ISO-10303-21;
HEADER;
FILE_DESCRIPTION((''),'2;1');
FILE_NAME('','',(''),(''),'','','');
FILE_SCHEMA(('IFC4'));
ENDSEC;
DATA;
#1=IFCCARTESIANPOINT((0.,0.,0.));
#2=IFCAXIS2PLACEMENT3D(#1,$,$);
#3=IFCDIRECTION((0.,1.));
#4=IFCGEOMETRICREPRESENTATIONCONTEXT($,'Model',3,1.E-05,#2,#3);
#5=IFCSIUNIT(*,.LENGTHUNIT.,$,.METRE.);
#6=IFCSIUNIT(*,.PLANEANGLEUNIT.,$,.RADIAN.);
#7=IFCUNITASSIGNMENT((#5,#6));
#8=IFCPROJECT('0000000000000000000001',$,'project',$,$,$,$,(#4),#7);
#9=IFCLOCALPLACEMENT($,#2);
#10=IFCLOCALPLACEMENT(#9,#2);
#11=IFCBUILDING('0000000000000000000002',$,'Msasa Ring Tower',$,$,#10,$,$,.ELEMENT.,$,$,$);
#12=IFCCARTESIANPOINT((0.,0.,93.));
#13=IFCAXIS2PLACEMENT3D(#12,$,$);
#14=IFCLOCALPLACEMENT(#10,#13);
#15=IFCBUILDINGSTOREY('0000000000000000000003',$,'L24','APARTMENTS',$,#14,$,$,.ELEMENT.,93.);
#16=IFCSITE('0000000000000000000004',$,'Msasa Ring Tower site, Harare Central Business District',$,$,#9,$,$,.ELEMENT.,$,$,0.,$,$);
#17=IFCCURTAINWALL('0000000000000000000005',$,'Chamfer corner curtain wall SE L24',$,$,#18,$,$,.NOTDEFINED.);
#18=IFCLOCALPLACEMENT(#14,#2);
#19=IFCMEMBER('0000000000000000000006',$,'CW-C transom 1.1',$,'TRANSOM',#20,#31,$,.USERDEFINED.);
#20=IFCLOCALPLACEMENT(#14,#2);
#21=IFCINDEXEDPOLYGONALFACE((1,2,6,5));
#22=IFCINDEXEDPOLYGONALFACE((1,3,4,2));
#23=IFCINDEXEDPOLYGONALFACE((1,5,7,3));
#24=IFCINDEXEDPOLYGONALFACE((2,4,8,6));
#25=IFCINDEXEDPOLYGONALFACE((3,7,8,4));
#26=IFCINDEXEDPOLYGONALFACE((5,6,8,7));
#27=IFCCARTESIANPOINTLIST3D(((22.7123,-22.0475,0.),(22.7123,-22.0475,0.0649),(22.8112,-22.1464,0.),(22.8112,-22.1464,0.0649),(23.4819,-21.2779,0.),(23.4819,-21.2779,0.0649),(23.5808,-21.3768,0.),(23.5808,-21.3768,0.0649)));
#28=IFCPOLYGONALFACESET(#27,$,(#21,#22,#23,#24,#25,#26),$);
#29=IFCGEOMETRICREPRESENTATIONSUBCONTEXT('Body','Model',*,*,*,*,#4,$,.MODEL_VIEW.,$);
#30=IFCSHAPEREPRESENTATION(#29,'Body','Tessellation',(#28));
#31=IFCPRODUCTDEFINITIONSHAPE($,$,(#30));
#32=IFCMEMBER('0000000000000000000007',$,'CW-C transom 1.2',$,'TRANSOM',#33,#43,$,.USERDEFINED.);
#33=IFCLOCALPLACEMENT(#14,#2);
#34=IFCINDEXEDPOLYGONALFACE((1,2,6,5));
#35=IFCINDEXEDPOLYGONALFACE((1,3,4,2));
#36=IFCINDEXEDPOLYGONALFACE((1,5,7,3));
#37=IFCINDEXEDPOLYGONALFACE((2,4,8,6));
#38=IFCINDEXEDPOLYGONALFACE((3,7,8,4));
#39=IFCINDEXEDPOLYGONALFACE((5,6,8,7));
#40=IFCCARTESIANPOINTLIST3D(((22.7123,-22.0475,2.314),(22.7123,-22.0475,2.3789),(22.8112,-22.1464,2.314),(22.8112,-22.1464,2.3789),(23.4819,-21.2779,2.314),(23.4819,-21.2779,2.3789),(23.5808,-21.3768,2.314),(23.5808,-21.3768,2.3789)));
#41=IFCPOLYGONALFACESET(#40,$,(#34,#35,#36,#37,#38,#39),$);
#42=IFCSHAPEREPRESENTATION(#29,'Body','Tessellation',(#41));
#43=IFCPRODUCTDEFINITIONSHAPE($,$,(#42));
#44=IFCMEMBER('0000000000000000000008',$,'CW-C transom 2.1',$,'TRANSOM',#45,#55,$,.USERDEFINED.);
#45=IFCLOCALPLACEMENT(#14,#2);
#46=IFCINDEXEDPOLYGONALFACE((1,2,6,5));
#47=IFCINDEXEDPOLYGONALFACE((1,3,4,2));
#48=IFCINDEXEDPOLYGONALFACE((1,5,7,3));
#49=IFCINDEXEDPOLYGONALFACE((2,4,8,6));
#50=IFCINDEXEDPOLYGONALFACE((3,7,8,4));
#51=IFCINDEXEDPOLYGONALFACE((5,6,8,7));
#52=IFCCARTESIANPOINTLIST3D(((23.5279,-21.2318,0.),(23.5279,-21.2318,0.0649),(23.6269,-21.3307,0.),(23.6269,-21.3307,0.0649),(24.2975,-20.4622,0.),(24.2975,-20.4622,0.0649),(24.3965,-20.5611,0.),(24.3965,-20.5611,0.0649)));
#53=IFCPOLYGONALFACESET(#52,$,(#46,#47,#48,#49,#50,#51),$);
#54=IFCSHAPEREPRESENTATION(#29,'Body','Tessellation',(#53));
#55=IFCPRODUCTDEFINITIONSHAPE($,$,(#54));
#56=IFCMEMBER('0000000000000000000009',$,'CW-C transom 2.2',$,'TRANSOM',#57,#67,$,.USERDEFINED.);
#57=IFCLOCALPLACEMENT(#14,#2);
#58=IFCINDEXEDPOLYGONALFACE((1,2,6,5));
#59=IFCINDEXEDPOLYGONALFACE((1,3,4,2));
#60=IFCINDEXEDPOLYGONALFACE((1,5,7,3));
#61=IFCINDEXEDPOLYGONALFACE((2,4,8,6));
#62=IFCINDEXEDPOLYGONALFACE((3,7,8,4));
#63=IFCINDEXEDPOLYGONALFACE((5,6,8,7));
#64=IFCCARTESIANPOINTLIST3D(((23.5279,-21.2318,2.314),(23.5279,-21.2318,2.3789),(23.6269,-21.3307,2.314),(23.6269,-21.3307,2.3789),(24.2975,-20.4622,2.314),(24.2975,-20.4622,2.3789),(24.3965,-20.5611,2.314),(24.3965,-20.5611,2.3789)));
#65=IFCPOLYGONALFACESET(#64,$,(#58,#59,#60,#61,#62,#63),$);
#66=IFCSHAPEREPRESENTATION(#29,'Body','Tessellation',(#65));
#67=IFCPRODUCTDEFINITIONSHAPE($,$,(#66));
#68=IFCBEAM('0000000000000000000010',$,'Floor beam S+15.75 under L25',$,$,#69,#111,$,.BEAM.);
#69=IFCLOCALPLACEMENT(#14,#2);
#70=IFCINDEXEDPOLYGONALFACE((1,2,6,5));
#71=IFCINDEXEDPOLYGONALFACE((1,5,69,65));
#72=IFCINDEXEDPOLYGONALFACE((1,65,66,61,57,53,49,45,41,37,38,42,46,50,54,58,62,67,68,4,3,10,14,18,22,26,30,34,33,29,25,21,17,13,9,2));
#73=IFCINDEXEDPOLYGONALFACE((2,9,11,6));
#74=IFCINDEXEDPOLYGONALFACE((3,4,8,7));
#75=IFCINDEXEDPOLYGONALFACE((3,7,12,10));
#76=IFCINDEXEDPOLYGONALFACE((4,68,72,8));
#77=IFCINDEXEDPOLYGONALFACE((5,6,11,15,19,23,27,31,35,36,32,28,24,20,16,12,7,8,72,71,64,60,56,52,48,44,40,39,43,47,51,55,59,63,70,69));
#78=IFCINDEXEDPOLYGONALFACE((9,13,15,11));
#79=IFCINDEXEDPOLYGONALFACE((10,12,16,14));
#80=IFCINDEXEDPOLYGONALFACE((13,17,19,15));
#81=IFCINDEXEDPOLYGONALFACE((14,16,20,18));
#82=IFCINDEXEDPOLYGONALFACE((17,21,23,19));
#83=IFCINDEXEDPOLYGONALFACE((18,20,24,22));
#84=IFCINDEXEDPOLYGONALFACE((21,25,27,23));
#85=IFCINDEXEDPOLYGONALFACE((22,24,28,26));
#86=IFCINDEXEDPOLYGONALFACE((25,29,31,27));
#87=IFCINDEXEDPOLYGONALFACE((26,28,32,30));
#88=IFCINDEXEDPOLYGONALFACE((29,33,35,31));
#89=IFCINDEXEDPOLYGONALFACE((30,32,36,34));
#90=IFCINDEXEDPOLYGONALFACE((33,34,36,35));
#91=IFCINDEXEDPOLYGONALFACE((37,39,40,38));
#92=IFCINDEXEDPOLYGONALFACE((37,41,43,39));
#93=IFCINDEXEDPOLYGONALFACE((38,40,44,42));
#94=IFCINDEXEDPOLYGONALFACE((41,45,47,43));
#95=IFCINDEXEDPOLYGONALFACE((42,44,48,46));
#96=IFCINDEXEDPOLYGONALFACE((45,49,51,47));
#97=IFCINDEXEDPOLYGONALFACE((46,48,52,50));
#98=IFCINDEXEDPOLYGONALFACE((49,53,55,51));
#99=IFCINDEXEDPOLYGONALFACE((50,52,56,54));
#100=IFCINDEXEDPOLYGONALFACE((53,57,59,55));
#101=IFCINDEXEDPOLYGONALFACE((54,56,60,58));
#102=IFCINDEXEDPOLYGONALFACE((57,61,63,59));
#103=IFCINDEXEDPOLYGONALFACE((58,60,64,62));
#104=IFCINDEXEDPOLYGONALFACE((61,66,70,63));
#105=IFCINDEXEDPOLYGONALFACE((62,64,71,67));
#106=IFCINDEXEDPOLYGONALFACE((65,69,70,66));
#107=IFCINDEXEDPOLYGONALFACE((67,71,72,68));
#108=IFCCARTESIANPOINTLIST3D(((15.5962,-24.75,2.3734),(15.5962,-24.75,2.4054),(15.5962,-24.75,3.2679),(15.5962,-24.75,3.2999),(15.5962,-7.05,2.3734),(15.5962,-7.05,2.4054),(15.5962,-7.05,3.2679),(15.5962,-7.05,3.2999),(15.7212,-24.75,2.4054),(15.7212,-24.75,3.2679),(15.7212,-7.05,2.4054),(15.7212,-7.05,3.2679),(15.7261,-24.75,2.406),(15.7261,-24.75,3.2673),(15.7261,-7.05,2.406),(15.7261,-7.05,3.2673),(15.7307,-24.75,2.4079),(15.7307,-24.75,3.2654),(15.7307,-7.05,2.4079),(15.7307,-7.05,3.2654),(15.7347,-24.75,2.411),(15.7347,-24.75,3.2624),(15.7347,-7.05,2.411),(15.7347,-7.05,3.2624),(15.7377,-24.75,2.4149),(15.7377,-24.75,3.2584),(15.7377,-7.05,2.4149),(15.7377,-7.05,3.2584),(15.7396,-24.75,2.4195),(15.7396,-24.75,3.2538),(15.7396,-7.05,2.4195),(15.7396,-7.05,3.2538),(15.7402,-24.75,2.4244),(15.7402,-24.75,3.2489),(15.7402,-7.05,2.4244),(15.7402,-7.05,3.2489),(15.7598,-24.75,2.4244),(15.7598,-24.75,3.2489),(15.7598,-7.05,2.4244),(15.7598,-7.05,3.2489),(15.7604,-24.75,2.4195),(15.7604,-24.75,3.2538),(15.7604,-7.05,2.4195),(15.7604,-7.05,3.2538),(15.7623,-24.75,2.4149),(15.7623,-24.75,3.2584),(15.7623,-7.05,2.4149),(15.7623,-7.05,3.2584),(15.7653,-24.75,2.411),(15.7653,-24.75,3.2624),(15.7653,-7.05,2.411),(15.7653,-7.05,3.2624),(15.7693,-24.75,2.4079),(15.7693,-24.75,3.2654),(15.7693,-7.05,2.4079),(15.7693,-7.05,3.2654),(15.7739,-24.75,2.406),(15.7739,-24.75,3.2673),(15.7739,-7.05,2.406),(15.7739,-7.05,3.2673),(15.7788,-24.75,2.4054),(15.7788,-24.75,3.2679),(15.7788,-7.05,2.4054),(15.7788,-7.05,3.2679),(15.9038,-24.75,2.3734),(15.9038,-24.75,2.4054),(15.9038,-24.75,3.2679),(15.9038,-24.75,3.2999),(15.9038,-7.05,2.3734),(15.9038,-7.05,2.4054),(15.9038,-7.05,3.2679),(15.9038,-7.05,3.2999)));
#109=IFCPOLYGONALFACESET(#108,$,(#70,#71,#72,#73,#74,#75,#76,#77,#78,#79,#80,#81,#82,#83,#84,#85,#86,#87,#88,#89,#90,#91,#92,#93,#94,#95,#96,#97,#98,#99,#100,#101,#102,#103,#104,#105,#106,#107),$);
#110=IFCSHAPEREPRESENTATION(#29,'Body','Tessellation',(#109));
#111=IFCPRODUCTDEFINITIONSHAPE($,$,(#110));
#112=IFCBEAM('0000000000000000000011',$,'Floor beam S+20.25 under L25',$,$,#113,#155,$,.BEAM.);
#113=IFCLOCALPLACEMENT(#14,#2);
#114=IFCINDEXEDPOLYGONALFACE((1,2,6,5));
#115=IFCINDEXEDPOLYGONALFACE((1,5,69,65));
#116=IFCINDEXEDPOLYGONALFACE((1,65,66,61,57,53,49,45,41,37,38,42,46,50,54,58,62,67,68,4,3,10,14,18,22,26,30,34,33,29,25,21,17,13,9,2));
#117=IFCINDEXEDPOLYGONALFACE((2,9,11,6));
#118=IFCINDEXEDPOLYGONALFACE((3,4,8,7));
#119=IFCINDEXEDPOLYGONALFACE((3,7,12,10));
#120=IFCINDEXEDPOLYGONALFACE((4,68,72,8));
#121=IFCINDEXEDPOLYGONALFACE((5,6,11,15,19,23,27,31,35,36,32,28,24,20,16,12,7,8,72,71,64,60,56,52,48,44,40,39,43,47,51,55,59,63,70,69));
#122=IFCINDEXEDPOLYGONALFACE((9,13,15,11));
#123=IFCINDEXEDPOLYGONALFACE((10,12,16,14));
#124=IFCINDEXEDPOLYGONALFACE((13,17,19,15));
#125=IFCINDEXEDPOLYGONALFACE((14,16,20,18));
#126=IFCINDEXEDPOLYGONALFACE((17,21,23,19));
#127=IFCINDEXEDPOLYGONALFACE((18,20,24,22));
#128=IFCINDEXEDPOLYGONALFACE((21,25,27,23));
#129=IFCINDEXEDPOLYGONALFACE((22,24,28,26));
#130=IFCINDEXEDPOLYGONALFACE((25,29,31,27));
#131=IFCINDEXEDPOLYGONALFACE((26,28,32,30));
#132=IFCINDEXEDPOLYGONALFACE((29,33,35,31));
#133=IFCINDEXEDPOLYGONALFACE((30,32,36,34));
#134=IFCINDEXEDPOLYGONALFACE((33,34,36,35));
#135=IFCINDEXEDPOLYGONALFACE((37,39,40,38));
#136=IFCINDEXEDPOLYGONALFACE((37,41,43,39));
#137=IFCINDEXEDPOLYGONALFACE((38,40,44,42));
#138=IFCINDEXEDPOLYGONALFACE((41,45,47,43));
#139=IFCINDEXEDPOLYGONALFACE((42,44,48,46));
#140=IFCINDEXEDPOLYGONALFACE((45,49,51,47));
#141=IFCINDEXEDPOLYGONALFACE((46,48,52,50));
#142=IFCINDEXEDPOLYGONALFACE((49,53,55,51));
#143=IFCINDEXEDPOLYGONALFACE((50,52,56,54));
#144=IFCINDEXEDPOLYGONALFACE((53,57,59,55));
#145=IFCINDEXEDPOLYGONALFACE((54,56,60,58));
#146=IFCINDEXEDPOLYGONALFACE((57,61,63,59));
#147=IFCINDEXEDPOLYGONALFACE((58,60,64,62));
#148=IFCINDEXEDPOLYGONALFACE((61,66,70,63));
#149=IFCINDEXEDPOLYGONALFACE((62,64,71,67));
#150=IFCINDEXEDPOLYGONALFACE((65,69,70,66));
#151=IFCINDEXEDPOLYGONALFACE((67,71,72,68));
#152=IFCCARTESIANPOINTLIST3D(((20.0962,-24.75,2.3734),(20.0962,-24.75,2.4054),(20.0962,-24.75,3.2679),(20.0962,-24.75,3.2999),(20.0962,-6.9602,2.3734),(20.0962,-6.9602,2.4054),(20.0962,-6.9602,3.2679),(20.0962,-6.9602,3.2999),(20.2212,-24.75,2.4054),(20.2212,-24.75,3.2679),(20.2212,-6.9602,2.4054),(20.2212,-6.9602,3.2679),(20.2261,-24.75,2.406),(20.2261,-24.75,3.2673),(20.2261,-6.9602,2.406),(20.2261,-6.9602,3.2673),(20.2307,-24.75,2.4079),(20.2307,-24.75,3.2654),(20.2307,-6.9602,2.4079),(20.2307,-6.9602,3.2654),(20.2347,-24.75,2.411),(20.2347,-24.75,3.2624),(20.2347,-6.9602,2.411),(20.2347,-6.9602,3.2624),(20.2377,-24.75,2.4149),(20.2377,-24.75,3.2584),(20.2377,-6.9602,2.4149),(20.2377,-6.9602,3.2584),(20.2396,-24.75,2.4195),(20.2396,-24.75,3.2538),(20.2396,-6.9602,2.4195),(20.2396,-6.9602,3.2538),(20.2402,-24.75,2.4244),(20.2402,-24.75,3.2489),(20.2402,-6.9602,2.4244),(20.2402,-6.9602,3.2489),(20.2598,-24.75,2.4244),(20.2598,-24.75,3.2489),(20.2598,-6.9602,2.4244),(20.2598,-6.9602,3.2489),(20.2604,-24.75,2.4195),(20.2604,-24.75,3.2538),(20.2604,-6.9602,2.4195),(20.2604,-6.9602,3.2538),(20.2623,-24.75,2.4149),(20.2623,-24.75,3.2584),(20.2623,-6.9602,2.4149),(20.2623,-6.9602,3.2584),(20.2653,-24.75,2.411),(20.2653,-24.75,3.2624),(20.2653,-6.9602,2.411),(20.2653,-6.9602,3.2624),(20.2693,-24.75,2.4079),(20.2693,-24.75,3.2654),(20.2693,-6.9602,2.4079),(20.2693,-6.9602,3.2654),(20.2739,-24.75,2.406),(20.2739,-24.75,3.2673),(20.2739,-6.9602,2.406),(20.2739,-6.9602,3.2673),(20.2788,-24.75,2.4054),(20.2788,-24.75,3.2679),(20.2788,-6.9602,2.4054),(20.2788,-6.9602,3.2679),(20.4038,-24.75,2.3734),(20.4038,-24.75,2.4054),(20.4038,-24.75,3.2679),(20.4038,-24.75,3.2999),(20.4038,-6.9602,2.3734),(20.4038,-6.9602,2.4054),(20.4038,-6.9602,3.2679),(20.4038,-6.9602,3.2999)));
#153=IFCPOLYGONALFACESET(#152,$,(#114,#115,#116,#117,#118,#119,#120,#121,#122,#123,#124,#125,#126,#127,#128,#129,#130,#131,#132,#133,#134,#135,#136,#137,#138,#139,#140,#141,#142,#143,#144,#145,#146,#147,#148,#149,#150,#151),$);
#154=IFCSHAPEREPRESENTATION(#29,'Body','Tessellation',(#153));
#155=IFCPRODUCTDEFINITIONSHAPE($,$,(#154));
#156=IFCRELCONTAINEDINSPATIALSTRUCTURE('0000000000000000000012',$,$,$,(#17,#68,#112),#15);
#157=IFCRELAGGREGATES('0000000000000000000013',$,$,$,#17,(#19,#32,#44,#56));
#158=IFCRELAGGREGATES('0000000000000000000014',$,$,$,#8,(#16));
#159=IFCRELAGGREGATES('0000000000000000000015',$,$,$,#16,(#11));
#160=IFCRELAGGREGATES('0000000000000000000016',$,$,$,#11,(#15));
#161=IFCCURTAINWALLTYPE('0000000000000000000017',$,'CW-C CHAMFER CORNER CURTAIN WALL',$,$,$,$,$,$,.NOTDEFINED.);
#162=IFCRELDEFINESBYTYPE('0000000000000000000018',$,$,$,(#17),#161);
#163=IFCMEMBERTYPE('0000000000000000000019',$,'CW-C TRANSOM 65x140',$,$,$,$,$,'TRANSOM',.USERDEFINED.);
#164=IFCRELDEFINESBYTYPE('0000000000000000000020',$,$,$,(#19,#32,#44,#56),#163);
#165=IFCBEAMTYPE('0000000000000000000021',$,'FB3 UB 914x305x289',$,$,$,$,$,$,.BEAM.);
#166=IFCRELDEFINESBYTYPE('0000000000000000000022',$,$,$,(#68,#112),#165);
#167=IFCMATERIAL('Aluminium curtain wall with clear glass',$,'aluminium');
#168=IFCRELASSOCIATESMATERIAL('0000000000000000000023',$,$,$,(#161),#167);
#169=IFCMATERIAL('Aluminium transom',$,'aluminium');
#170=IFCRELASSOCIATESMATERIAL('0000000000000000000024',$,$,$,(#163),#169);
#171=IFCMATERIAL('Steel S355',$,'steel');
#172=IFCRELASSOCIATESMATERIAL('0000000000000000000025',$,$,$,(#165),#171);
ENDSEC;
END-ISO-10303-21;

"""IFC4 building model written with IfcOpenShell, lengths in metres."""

from ifc_helpers import new_model, si_unit, direction, frame, origin, origin_2d, place, context, subcontext, project, spatial, rectangle, i_section, extrude, material, material_profile, profile_set, type_object, element, aggregate, save


model = new_model("IFC4")

# Units and contexts
model_context = context("Model", 3, precision=1e-05, world=origin(), true_north=direction((0.0, 1.0)))
body_context = subcontext(model_context, "Body", "Model", "MODEL_VIEW")
ifc_project = project(units=[si_unit("LENGTHUNIT", "METRE"), si_unit("PLANEANGLEUNIT", "RADIAN")], contexts=[model_context])

# Site, building, storey
site_placement = place(None, origin())
site = spatial("IfcSite", under=ifc_project, at=site_placement, Name="Msasa Ring Tower site, Harare Central Business District", CompositionType="ELEMENT", RefElevation=0.0)
building_placement = place(site_placement, origin())
building = spatial("IfcBuilding", under=site, at=building_placement, Name="Msasa Ring Tower", CompositionType="ELEMENT")
storey_placement = place(building_placement, frame((0.0, 0.0, 93.0)))
storey = spatial("IfcBuildingStorey", under=building, at=storey_placement, Name="L24", Description="APARTMENTS", CompositionType="ELEMENT", Elevation=93.0)

# Curtain wall
ifc_material_1 = material(Name="Aluminium curtain wall with clear glass", Category="aluminium")
curtain_wall_type = type_object("IfcCurtainWallType", Name="CW-C CHAMFER CORNER CURTAIN WALL", PredefinedType="NOTDEFINED", material=ifc_material_1)
curtain_wall_1_placement = place(storey_placement, origin())
curtain_wall_1 = element("IfcCurtainWall", 1, at=curtain_wall_1_placement, inside=storey, type_object=curtain_wall_type, Name="Chamfer corner curtain wall SE L24", PredefinedType="NOTDEFINED")

# Members
ifc_material_2 = material(Name="Aluminium transom", Category="aluminium")
ifc_material_profile_1 = material_profile(ifc_material_2, rectangle(XDim=0.1399, YDim=0.0649, at=origin_2d()), Name="AL 65x140")
ifc_profile_set_1 = profile_set([ifc_material_profile_1], Name="Aluminium transom")
member_type_1 = type_object("IfcMemberType", Name="CW-C TRANSOM 65x140", ElementType="TRANSOM", PredefinedType="USERDEFINED", material=ifc_profile_set_1)
member_1_placement = place(storey_placement, frame((22.7617, -22.0969, 0.0325), z_axis=(0.707107, 0.707107, 0.0), x_axis=(-0.707107, 0.707107, 0.0)))
member_1 = element("IfcMember", 2, at=member_1_placement, type_object=member_type_1, Name="CW-C transom 1.1", ObjectType="TRANSOM", PredefinedType="USERDEFINED", context=body_context, shape_type="SweptSolid", body=[
    extrude(rectangle(XDim=0.1399, YDim=0.0649, at=origin_2d()), origin(), (0.0, 0.0, 1.0), 1.0884),
])
member_2_placement = place(storey_placement, frame((22.7617, -22.0969, 2.3464), z_axis=(0.707107, 0.707107, 0.0), x_axis=(-0.707107, 0.707107, 0.0)))
member_2 = element("IfcMember", 3, at=member_2_placement, type_object=member_type_1, Name="CW-C transom 1.2", ObjectType="TRANSOM", PredefinedType="USERDEFINED", context=body_context, shape_type="SweptSolid", body=[
    extrude(rectangle(XDim=0.1399, YDim=0.0649, at=origin_2d()), origin(), (0.0, 0.0, 1.0), 1.0884),
])
member_3_placement = place(storey_placement, frame((23.5774, -21.2812, 0.0325), z_axis=(0.707107, 0.707107, 0.0), x_axis=(-0.707107, 0.707107, 0.0)))
member_3 = element("IfcMember", 4, at=member_3_placement, type_object=member_type_1, Name="CW-C transom 2.1", ObjectType="TRANSOM", PredefinedType="USERDEFINED", context=body_context, shape_type="SweptSolid", body=[
    extrude(rectangle(XDim=0.1399, YDim=0.0649, at=origin_2d()), origin(), (0.0, 0.0, 1.0), 1.0884),
])
member_4_placement = place(storey_placement, frame((23.5774, -21.2812, 2.3464), z_axis=(0.707107, 0.707107, 0.0), x_axis=(-0.707107, 0.707107, 0.0)))
member_4 = element("IfcMember", 5, at=member_4_placement, type_object=member_type_1, Name="CW-C transom 2.2", ObjectType="TRANSOM", PredefinedType="USERDEFINED", context=body_context, shape_type="SweptSolid", body=[
    extrude(rectangle(XDim=0.1399, YDim=0.0649, at=origin_2d()), origin(), (0.0, 0.0, 1.0), 1.0884),
])

# Beams
ifc_material_3 = material(Name="Steel S355", Category="steel")
ifc_material_profile_2 = material_profile(ifc_material_3, i_section(OverallWidth=0.3076, OverallDepth=0.9265, WebThickness=0.0195, FlangeThickness=0.032, FilletRadius=0.019, at=origin_2d()), Name="UB 914x305x289")
ifc_profile_set_2 = profile_set([ifc_material_profile_2], Name="Steel S355")
beam_type_1 = type_object("IfcBeamType", Name="FB3 UB 914x305x289", PredefinedType="BEAM", material=ifc_profile_set_2)
beam_1_placement = place(storey_placement, frame((15.75, -24.75, 2.8367), z_axis=(0.0, 1.0, 0.0), x_axis=(-1.0, 0.0, 0.0)))
element("IfcBeam", 6, at=beam_1_placement, inside=storey, type_object=beam_type_1, Name="Floor beam S+15.75 under L25", PredefinedType="BEAM", context=body_context, shape_type="SweptSolid", body=[
    extrude(i_section(OverallWidth=0.3076, OverallDepth=0.9265, WebThickness=0.0195, FlangeThickness=0.032, FilletRadius=0.019, at=origin_2d()), origin(), (0.0, 0.0, 1.0), 17.7),
])
beam_2_placement = place(storey_placement, frame((20.25, -24.75, 2.8367), z_axis=(0.0, 1.0, 0.0), x_axis=(-1.0, 0.0, 0.0)))
element("IfcBeam", 7, at=beam_2_placement, inside=storey, type_object=beam_type_1, Name="Floor beam S+20.25 under L25", PredefinedType="BEAM", context=body_context, shape_type="SweptSolid", body=[
    extrude(i_section(OverallWidth=0.3076, OverallDepth=0.9265, WebThickness=0.0195, FlangeThickness=0.032, FilletRadius=0.019, at=origin_2d()), origin(), (0.0, 0.0, 1.0), 17.7898),
])

aggregate(curtain_wall_1, [member_1, member_2, member_3, member_4])

save(model, "model.ifc")
